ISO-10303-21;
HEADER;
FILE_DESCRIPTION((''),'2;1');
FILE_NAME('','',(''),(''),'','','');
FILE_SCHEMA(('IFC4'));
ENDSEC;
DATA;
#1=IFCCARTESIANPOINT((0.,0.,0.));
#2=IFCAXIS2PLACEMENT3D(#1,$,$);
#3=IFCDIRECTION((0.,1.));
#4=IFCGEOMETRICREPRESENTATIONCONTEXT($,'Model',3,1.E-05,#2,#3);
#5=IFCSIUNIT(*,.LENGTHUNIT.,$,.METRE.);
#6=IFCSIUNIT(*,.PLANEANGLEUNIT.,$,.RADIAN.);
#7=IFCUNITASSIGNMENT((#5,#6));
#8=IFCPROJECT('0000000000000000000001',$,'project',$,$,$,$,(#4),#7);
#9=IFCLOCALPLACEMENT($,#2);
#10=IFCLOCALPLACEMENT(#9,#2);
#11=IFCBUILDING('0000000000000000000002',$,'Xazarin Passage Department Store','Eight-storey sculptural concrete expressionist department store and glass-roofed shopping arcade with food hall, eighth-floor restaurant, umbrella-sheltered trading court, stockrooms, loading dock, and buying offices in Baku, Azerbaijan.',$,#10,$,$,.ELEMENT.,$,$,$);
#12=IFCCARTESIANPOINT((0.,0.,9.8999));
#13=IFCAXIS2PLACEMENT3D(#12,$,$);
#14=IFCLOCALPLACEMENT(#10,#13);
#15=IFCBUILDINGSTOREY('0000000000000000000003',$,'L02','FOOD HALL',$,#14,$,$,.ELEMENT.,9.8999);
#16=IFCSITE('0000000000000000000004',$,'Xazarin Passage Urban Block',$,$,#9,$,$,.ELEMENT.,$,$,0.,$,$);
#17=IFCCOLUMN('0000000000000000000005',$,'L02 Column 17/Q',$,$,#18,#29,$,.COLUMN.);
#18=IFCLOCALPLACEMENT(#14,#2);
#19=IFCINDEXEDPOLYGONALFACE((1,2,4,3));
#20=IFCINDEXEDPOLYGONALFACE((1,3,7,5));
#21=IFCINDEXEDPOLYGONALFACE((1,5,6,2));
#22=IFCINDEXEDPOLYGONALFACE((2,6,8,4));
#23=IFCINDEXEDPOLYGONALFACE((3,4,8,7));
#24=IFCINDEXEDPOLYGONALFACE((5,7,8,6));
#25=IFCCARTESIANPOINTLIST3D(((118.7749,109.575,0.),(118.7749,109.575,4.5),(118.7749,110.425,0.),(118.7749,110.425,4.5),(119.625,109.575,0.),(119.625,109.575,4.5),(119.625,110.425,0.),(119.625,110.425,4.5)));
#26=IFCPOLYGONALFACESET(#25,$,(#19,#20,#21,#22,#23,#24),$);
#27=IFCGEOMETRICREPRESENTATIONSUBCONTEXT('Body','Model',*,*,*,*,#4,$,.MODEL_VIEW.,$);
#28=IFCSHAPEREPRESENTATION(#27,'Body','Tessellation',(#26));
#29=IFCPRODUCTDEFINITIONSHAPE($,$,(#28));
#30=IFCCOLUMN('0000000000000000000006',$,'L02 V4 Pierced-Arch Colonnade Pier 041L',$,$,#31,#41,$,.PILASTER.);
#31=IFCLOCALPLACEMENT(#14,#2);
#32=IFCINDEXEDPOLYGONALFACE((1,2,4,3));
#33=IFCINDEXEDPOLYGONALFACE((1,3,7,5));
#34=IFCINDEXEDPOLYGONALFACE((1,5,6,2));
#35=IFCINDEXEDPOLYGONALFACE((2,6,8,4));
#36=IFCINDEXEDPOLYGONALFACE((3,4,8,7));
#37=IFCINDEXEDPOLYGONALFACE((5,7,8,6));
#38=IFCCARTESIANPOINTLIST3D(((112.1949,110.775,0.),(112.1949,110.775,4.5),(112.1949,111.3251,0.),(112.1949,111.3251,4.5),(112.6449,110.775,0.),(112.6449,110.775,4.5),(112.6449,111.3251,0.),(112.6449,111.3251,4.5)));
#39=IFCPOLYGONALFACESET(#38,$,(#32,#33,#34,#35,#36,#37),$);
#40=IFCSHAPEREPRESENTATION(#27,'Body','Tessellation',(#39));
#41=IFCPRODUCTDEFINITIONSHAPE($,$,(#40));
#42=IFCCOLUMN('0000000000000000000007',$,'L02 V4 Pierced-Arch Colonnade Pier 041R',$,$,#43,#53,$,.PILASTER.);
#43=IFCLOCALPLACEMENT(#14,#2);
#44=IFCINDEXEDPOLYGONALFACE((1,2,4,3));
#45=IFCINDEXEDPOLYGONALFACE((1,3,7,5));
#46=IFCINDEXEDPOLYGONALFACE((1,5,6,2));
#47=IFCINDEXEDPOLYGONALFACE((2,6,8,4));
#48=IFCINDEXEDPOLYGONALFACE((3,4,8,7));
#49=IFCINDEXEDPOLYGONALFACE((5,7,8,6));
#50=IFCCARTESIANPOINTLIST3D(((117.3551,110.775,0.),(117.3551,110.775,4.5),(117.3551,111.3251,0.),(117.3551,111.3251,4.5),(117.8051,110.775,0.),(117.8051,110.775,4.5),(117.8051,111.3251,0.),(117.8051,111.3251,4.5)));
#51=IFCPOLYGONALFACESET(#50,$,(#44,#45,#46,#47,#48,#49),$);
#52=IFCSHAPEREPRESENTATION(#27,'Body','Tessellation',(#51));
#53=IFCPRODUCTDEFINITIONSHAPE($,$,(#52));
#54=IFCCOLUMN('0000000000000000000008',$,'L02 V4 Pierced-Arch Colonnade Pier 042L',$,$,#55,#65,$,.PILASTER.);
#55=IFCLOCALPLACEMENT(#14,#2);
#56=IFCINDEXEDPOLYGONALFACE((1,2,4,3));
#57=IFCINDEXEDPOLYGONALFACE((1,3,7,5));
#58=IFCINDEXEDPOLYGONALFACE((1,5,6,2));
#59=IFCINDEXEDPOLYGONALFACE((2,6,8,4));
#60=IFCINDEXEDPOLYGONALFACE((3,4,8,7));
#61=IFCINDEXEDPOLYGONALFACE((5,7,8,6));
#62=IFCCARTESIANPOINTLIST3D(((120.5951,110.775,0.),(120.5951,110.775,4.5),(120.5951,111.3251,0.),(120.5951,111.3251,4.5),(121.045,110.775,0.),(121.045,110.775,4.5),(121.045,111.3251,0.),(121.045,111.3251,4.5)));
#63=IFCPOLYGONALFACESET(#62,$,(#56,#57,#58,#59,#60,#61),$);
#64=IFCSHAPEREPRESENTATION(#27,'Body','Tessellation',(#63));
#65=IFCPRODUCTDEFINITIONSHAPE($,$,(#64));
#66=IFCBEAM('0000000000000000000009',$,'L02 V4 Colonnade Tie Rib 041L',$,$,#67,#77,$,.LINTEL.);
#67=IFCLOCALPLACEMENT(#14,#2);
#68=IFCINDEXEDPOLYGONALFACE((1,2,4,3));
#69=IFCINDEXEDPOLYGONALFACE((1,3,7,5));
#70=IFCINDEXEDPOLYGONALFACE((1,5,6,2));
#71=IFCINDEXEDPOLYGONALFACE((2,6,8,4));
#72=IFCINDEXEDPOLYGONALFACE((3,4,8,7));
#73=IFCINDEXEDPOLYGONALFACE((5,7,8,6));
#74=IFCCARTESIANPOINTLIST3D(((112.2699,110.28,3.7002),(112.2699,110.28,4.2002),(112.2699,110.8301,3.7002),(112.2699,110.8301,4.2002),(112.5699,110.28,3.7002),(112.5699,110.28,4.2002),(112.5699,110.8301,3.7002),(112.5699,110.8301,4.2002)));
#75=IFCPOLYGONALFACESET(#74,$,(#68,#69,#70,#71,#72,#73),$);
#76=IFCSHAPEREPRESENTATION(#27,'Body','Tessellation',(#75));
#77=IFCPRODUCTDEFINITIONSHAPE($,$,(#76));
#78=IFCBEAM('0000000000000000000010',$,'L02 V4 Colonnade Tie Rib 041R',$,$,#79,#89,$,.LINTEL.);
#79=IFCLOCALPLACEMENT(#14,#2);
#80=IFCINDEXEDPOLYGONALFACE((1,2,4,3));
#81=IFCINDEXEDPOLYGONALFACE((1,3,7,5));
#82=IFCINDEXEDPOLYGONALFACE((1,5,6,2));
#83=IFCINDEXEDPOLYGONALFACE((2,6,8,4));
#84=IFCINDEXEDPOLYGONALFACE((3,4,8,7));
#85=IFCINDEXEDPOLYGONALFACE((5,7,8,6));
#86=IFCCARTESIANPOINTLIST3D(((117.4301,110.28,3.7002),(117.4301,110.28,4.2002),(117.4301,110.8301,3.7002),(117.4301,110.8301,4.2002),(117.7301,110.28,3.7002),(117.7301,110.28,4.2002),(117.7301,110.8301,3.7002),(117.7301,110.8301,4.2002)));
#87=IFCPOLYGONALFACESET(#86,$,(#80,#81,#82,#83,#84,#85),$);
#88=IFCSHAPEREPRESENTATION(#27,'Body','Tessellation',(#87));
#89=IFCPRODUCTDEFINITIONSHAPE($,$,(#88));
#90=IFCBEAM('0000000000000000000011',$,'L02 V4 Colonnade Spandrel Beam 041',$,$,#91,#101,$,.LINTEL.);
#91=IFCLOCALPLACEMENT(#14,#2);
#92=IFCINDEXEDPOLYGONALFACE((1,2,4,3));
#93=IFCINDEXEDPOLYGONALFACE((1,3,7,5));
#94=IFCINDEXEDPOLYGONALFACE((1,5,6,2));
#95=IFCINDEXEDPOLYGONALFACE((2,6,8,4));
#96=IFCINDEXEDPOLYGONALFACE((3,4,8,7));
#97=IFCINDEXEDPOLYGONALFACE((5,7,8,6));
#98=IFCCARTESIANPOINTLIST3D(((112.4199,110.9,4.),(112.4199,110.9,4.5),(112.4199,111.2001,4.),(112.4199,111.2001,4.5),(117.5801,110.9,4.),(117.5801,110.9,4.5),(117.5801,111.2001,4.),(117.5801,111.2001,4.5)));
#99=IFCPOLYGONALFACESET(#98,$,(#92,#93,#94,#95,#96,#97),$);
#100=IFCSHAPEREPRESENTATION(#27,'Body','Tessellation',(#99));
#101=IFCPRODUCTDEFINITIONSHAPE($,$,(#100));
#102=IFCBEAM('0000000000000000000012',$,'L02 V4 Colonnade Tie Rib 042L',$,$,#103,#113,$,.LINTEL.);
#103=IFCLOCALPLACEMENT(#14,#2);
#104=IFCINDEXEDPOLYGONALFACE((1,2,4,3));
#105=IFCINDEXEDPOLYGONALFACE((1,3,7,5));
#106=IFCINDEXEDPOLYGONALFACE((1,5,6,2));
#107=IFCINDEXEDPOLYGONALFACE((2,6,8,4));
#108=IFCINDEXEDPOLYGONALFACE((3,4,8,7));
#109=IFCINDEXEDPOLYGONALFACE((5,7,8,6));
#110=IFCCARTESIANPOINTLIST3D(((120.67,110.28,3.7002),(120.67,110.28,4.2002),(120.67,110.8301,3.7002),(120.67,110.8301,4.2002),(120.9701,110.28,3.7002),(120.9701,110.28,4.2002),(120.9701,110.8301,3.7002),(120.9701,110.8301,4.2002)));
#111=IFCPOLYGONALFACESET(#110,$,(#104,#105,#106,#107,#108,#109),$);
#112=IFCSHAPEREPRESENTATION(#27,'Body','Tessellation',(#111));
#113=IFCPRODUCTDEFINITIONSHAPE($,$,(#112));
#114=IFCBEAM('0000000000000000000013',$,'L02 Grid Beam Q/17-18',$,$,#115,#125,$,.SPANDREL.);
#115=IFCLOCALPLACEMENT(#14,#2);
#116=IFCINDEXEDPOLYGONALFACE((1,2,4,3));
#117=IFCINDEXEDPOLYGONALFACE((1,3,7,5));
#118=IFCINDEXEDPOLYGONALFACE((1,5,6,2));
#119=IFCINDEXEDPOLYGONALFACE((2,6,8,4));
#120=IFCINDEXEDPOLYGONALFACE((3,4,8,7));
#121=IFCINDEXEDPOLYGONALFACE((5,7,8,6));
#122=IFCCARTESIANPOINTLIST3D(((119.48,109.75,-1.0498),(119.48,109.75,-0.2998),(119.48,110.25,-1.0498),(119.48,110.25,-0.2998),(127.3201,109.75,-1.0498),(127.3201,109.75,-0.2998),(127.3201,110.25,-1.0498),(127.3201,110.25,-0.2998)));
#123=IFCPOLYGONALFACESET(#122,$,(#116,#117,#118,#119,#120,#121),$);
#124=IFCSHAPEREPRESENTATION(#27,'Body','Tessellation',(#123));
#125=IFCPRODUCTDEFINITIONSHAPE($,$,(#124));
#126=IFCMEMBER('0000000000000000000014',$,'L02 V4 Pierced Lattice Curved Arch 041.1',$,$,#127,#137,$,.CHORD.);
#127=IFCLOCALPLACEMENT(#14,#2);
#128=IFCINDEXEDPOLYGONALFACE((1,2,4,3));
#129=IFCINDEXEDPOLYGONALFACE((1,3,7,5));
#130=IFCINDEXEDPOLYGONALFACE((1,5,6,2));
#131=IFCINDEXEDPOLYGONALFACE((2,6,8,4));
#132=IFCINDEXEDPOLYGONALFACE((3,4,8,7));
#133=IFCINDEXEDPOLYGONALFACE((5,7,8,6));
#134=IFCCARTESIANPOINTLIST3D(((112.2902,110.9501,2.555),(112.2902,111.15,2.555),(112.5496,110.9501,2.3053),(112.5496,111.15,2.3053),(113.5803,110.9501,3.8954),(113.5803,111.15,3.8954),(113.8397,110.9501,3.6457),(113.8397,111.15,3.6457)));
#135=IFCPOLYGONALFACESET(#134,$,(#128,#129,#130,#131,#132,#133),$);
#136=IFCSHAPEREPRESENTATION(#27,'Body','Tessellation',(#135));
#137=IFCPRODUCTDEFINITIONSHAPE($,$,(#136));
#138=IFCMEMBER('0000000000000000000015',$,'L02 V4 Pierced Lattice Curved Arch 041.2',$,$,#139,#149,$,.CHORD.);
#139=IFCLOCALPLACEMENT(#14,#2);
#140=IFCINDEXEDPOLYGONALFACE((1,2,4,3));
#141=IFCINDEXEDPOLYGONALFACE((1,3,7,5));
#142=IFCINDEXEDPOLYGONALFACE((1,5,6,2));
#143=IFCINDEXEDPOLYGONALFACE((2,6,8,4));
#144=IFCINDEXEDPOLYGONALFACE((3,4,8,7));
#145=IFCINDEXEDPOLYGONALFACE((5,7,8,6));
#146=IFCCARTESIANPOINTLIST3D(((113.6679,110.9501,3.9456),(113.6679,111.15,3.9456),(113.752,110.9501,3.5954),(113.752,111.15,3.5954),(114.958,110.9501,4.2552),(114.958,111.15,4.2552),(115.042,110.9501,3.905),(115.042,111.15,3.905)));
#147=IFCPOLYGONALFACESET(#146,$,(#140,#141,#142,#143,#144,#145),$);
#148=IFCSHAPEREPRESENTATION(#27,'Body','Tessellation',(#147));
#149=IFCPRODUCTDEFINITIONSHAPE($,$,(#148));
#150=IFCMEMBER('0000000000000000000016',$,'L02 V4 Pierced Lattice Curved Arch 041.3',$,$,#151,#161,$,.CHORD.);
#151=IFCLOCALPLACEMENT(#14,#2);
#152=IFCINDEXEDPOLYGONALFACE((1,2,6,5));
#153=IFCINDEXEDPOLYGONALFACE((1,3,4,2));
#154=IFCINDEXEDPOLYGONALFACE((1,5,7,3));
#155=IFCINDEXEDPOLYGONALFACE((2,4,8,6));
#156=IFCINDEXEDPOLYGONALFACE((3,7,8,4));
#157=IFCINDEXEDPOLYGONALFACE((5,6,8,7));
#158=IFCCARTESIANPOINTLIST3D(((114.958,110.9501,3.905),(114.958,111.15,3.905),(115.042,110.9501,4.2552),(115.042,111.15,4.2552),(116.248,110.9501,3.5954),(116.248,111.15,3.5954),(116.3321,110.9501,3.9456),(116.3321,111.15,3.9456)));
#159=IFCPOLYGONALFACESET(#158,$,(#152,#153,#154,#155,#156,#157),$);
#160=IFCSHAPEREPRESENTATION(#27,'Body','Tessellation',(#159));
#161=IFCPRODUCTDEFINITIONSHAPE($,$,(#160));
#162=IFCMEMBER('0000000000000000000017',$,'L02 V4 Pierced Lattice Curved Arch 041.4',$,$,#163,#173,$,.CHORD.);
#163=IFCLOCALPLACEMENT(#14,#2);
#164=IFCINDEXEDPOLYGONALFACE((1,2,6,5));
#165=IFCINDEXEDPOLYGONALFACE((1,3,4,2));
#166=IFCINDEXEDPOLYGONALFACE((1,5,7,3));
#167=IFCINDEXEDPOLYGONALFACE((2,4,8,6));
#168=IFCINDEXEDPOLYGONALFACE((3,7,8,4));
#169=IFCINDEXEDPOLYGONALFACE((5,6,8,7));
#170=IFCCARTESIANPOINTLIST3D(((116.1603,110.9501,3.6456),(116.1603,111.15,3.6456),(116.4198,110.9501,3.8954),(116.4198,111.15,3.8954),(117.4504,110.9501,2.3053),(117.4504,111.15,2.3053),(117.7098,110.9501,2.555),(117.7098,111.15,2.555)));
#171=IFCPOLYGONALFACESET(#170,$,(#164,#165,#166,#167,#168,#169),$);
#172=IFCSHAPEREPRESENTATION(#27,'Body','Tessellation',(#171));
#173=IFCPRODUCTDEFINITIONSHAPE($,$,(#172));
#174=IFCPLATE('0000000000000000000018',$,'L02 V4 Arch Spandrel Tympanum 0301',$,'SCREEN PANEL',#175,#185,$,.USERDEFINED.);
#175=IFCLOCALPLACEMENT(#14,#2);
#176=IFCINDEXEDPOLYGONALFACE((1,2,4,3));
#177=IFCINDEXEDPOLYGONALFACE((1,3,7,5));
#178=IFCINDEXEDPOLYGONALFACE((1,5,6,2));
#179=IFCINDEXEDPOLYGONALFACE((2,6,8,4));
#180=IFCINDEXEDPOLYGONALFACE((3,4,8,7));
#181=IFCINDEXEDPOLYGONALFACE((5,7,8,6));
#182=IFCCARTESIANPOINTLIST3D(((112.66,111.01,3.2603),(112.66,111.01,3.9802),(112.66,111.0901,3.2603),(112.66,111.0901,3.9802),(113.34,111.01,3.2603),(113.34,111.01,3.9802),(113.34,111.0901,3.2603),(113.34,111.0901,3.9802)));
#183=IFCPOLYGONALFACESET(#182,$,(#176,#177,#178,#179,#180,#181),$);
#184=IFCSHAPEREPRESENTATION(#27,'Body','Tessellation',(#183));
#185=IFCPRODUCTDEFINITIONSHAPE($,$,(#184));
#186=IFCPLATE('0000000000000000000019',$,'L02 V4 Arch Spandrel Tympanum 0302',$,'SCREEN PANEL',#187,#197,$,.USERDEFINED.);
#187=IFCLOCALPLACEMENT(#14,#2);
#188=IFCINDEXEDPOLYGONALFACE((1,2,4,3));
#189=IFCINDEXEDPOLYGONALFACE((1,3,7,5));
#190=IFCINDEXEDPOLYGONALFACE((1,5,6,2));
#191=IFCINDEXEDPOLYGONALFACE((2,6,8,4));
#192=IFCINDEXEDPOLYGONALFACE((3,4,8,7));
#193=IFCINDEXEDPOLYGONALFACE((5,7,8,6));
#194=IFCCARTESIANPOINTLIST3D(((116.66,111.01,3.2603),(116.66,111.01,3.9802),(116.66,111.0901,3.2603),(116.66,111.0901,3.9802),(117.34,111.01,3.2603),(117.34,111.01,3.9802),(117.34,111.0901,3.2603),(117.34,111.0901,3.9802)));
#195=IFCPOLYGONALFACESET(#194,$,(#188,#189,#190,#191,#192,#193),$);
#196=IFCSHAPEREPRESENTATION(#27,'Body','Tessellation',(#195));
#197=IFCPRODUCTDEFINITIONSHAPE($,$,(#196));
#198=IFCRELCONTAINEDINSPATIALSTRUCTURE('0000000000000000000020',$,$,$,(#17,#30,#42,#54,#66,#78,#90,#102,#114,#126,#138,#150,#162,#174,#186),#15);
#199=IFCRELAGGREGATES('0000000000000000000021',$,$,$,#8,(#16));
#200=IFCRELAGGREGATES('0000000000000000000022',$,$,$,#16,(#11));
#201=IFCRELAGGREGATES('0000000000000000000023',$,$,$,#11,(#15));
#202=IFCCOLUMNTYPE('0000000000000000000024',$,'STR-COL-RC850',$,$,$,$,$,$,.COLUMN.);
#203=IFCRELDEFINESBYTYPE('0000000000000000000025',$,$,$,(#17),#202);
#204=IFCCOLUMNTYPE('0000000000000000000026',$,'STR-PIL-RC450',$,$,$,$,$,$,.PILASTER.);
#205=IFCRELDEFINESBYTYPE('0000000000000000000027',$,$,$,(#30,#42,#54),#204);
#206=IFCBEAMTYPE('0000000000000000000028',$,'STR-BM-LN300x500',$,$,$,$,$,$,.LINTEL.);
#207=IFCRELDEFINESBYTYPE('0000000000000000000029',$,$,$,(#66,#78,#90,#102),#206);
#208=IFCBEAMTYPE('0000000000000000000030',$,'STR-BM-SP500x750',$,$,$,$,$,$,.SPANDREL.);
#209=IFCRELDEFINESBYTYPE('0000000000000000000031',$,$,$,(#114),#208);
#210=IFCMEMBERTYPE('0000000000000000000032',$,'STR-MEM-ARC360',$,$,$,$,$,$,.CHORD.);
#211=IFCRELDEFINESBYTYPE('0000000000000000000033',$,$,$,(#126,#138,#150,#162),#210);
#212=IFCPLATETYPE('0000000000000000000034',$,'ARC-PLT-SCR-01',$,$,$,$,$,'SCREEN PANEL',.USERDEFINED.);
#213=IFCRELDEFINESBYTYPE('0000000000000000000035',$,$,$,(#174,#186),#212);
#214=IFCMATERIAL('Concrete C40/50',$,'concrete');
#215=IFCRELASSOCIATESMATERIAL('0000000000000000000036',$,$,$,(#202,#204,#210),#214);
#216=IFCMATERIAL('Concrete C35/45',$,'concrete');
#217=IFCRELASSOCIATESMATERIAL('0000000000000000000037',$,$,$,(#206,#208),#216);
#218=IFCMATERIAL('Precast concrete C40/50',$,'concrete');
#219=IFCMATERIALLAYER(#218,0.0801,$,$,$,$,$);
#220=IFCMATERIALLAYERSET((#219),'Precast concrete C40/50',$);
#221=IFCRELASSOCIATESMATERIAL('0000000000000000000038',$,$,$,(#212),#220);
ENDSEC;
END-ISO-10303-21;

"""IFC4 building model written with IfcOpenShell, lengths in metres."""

from ifc_helpers import new_model, si_unit, direction, frame, origin, origin_2d, place, context, subcontext, project, spatial, rectangle, extrude, material, layer, layer_set, material_profile, profile_set, type_object, element, save


model = new_model("IFC4")

# Units and contexts
model_context = context("Model", 3, precision=1e-05, world=origin(), true_north=direction((0.0, 1.0)))
body_context = subcontext(model_context, "Body", "Model", "MODEL_VIEW")
ifc_project = project(units=[si_unit("LENGTHUNIT", "METRE"), si_unit("PLANEANGLEUNIT", "RADIAN")], contexts=[model_context])

# Site, building, storey
site_placement = place(None, origin())
site = spatial("IfcSite", under=ifc_project, at=site_placement, Name="Xazarin Passage Urban Block", CompositionType="ELEMENT", RefElevation=0.0)
building_placement = place(site_placement, origin())
building = spatial("IfcBuilding", under=site, at=building_placement, Name="Xazarin Passage Department Store", Description="Eight-storey sculptural concrete expressionist department store and glass-roofed shopping arcade with food hall, eighth-floor restaurant, umbrella-sheltered trading court, stockrooms, loading dock, and buying offices in Baku, Azerbaijan.", CompositionType="ELEMENT")
storey_placement = place(building_placement, frame((0.0, 0.0, 9.8999)))
storey = spatial("IfcBuildingStorey", under=building, at=storey_placement, Name="L02", Description="FOOD HALL", CompositionType="ELEMENT", Elevation=9.8999)

# Columns
ifc_material_1 = material(Name="Concrete C40/50", Category="concrete")
ifc_material_profile_1 = material_profile(ifc_material_1, rectangle(XDim=0.8501, YDim=0.8501, at=origin_2d()), Name="RC 850x850")
ifc_profile_set_1 = profile_set([ifc_material_profile_1], Name="Concrete C40/50")
column_type_1 = type_object("IfcColumnType", Name="STR-COL-RC850", PredefinedType="COLUMN", material=ifc_profile_set_1)
column_placement = place(storey_placement, frame((119.2, 110.0, 0.0), z_axis=(0.0, 0.0, 1.0), x_axis=(1.0, 0.0, 0.0)))
element("IfcColumn", 1, at=column_placement, inside=storey, type_object=column_type_1, Name="L02 Column 17/Q", PredefinedType="COLUMN", context=body_context, shape_type="SweptSolid", body=[
    extrude(rectangle(XDim=0.8501, YDim=0.8501, at=origin_2d()), origin(), (0.0, 0.0, 1.0), 4.5),
])
ifc_material_profile_2 = material_profile(ifc_material_1, rectangle(XDim=0.45, YDim=0.55, at=origin_2d()), Name="RC 450x550")
ifc_profile_set_2 = profile_set([ifc_material_profile_2], Name="Concrete C40/50")
column_type_2 = type_object("IfcColumnType", Name="STR-PIL-RC450", PredefinedType="PILASTER", material=ifc_profile_set_2)
for number, where, z_axis, x_axis, name in (
    (2, (112.4199, 111.05, 0.0), (0.0, 0.0, 1.0), (1.0, 0.0, 0.0), "L02 V4 Pierced-Arch Colonnade Pier 041L"),
    (3, (117.5801, 111.05, 0.0), (0.0, 0.0, 1.0), (1.0, 0.0, 0.0), "L02 V4 Pierced-Arch Colonnade Pier 041R"),
    (4, (120.8201, 111.05, 0.0), (0.0, 0.0, 1.0), (1.0, 0.0, 0.0), "L02 V4 Pierced-Arch Colonnade Pier 042L"),
):
    element("IfcColumn", number, at=place(storey_placement, frame(where, z_axis=z_axis, x_axis=x_axis)), inside=storey, type_object=column_type_2, Name=name, PredefinedType="PILASTER", context=body_context, shape_type="SweptSolid", body=[
        extrude(rectangle(XDim=0.45, YDim=0.55, at=origin_2d()), origin(), (0.0, 0.0, 1.0), 4.5),
    ])

# Beams
ifc_material_2 = material(Name="Concrete C35/45", Category="concrete")
ifc_material_profile_3 = material_profile(ifc_material_2, rectangle(XDim=0.3, YDim=0.5, at=origin_2d()), Name="RC 300x500")
ifc_profile_set_3 = profile_set([ifc_material_profile_3], Name="Concrete C35/45")
beam_type_1 = type_object("IfcBeamType", Name="STR-BM-LN300x500", PredefinedType="LINTEL", material=ifc_profile_set_3)
for number, where, z_axis, x_axis, name in (
    (5, (112.4199, 110.28, 3.9502), (0.0, 1.0, 0.0), (-1.0, 0.0, 0.0), "L02 V4 Colonnade Tie Rib 041L"),
    (6, (117.5801, 110.28, 3.9502), (0.0, 1.0, 0.0), (-1.0, 0.0, 0.0), "L02 V4 Colonnade Tie Rib 041R"),
):
    element("IfcBeam", number, at=place(storey_placement, frame(where, z_axis=z_axis, x_axis=x_axis)), inside=storey, type_object=beam_type_1, Name=name, PredefinedType="LINTEL", context=body_context, shape_type="SweptSolid", body=[
        extrude(rectangle(XDim=0.3, YDim=0.5, at=origin_2d()), origin(), (0.0, 0.0, 1.0), 0.55),
    ])
beam_1_placement = place(storey_placement, frame((112.4199, 111.05, 4.25), z_axis=(1.0, 0.0, 0.0), x_axis=(0.0, 1.0, 0.0)))
element("IfcBeam", 7, at=beam_1_placement, inside=storey, type_object=beam_type_1, Name="L02 V4 Colonnade Spandrel Beam 041", PredefinedType="LINTEL", context=body_context, shape_type="SweptSolid", body=[
    extrude(rectangle(XDim=0.3, YDim=0.5, at=origin_2d()), origin(), (0.0, 0.0, 1.0), 5.1602),
])
beam_2_placement = place(storey_placement, frame((120.8201, 110.28, 3.9502), z_axis=(0.0, 1.0, 0.0), x_axis=(-1.0, 0.0, 0.0)))
element("IfcBeam", 8, at=beam_2_placement, inside=storey, type_object=beam_type_1, Name="L02 V4 Colonnade Tie Rib 042L", PredefinedType="LINTEL", context=body_context, shape_type="SweptSolid", body=[
    extrude(rectangle(XDim=0.3, YDim=0.5, at=origin_2d()), origin(), (0.0, 0.0, 1.0), 0.55),
])
ifc_material_profile_4 = material_profile(ifc_material_2, rectangle(XDim=0.5, YDim=0.75, at=origin_2d()), Name="RC 500x750")
ifc_profile_set_4 = profile_set([ifc_material_profile_4], Name="Concrete C35/45")
beam_type_2 = type_object("IfcBeamType", Name="STR-BM-SP500x750", PredefinedType="SPANDREL", material=ifc_profile_set_4)
beam_3_placement = place(storey_placement, frame((119.48, 110.0, -0.6748), z_axis=(1.0, 0.0, 0.0), x_axis=(0.0, 1.0, 0.0)))
element("IfcBeam", 9, at=beam_3_placement, inside=storey, type_object=beam_type_2, Name="L02 Grid Beam Q/17-18", PredefinedType="SPANDREL", context=body_context, shape_type="SweptSolid", body=[
    extrude(rectangle(XDim=0.5, YDim=0.75, at=origin_2d()), origin(), (0.0, 0.0, 1.0), 7.8401),
])

# Members
ifc_material_profile_5 = material_profile(ifc_material_1, rectangle(XDim=0.2, YDim=0.3601, at=origin_2d()), Name="RC 200x360")
ifc_profile_set_5 = profile_set([ifc_material_profile_5], Name="Concrete C40/50")
member_type = type_object("IfcMemberType", Name="STR-MEM-ARC360", PredefinedType="CHORD", material=ifc_profile_set_5)
member_1_placement = place(storey_placement, frame((112.4199, 111.05, 2.4302), z_axis=(0.69346, 0.0, 0.720495), x_axis=(0.0, 1.0, 0.0)))
element("IfcMember", 10, at=member_1_placement, inside=storey, type_object=member_type, Name="L02 V4 Pierced Lattice Curved Arch 041.1", PredefinedType="CHORD", context=body_context, shape_type="SweptSolid", body=[
    extrude(rectangle(XDim=0.2, YDim=0.3601, at=origin_2d()), origin(), (0.0, 0.0, 1.0), 1.8604),
])
for number, where, z_axis, x_axis, name in (
    (11, (113.71, 111.05, 3.7705), (0.972394, 0.0, 0.233345), (0.0, 1.0, 0.0), "L02 V4 Pierced Lattice Curved Arch 041.2"),
    (12, (115.0, 111.05, 4.0801), (0.972394, 0.0, -0.233345), (0.0, 1.0, 0.0), "L02 V4 Pierced Lattice Curved Arch 041.3"),
):
    element("IfcMember", number, at=place(storey_placement, frame(where, z_axis=z_axis, x_axis=x_axis)), inside=storey, type_object=member_type, Name=name, PredefinedType="CHORD", context=body_context, shape_type="SweptSolid", body=[
        extrude(rectangle(XDim=0.2, YDim=0.3601, at=origin_2d()), origin(), (0.0, 0.0, 1.0), 1.3267),
    ])
member_2_placement = place(storey_placement, frame((116.29, 111.05, 3.7705), z_axis=(0.69346, 0.0, -0.720495), x_axis=(0.0, 1.0, 0.0)))
element("IfcMember", 13, at=member_2_placement, inside=storey, type_object=member_type, Name="L02 V4 Pierced Lattice Curved Arch 041.4", PredefinedType="CHORD", context=body_context, shape_type="SweptSolid", body=[
    extrude(rectangle(XDim=0.2, YDim=0.3601, at=origin_2d()), origin(), (0.0, 0.0, 1.0), 1.8604),
])

# Plates
ifc_material_3 = material(Name="Precast concrete C40/50", Category="concrete")
ifc_layer_1 = layer(ifc_material_3, 0.0801)
ifc_layer_set_1 = layer_set([ifc_layer_1], Name="Precast concrete C40/50")
plate_type = type_object("IfcPlateType", Name="ARC-PLT-SCR-01", ElementType="SCREEN PANEL", PredefinedType="USERDEFINED", material=ifc_layer_set_1)
for number, where, z_axis, x_axis, name in (
    (14, (113.0, 111.05, 3.2603), (0.0, 0.0, 1.0), (1.0, 0.0, 0.0), "L02 V4 Arch Spandrel Tympanum 0301"),
    (15, (117.0, 111.05, 3.2603), (0.0, 0.0, 1.0), (1.0, 0.0, 0.0), "L02 V4 Arch Spandrel Tympanum 0302"),
):
    element("IfcPlate", number, at=place(storey_placement, frame(where, z_axis=z_axis, x_axis=x_axis)), inside=storey, type_object=plate_type, Name=name, ObjectType="SCREEN PANEL", PredefinedType="USERDEFINED", context=body_context, shape_type="SweptSolid", body=[
        extrude(rectangle(XDim=0.6799, YDim=0.0801, at=origin_2d()), origin(), (0.0, 0.0, 1.0), 0.72),
    ])

save(model, "model.ifc")
